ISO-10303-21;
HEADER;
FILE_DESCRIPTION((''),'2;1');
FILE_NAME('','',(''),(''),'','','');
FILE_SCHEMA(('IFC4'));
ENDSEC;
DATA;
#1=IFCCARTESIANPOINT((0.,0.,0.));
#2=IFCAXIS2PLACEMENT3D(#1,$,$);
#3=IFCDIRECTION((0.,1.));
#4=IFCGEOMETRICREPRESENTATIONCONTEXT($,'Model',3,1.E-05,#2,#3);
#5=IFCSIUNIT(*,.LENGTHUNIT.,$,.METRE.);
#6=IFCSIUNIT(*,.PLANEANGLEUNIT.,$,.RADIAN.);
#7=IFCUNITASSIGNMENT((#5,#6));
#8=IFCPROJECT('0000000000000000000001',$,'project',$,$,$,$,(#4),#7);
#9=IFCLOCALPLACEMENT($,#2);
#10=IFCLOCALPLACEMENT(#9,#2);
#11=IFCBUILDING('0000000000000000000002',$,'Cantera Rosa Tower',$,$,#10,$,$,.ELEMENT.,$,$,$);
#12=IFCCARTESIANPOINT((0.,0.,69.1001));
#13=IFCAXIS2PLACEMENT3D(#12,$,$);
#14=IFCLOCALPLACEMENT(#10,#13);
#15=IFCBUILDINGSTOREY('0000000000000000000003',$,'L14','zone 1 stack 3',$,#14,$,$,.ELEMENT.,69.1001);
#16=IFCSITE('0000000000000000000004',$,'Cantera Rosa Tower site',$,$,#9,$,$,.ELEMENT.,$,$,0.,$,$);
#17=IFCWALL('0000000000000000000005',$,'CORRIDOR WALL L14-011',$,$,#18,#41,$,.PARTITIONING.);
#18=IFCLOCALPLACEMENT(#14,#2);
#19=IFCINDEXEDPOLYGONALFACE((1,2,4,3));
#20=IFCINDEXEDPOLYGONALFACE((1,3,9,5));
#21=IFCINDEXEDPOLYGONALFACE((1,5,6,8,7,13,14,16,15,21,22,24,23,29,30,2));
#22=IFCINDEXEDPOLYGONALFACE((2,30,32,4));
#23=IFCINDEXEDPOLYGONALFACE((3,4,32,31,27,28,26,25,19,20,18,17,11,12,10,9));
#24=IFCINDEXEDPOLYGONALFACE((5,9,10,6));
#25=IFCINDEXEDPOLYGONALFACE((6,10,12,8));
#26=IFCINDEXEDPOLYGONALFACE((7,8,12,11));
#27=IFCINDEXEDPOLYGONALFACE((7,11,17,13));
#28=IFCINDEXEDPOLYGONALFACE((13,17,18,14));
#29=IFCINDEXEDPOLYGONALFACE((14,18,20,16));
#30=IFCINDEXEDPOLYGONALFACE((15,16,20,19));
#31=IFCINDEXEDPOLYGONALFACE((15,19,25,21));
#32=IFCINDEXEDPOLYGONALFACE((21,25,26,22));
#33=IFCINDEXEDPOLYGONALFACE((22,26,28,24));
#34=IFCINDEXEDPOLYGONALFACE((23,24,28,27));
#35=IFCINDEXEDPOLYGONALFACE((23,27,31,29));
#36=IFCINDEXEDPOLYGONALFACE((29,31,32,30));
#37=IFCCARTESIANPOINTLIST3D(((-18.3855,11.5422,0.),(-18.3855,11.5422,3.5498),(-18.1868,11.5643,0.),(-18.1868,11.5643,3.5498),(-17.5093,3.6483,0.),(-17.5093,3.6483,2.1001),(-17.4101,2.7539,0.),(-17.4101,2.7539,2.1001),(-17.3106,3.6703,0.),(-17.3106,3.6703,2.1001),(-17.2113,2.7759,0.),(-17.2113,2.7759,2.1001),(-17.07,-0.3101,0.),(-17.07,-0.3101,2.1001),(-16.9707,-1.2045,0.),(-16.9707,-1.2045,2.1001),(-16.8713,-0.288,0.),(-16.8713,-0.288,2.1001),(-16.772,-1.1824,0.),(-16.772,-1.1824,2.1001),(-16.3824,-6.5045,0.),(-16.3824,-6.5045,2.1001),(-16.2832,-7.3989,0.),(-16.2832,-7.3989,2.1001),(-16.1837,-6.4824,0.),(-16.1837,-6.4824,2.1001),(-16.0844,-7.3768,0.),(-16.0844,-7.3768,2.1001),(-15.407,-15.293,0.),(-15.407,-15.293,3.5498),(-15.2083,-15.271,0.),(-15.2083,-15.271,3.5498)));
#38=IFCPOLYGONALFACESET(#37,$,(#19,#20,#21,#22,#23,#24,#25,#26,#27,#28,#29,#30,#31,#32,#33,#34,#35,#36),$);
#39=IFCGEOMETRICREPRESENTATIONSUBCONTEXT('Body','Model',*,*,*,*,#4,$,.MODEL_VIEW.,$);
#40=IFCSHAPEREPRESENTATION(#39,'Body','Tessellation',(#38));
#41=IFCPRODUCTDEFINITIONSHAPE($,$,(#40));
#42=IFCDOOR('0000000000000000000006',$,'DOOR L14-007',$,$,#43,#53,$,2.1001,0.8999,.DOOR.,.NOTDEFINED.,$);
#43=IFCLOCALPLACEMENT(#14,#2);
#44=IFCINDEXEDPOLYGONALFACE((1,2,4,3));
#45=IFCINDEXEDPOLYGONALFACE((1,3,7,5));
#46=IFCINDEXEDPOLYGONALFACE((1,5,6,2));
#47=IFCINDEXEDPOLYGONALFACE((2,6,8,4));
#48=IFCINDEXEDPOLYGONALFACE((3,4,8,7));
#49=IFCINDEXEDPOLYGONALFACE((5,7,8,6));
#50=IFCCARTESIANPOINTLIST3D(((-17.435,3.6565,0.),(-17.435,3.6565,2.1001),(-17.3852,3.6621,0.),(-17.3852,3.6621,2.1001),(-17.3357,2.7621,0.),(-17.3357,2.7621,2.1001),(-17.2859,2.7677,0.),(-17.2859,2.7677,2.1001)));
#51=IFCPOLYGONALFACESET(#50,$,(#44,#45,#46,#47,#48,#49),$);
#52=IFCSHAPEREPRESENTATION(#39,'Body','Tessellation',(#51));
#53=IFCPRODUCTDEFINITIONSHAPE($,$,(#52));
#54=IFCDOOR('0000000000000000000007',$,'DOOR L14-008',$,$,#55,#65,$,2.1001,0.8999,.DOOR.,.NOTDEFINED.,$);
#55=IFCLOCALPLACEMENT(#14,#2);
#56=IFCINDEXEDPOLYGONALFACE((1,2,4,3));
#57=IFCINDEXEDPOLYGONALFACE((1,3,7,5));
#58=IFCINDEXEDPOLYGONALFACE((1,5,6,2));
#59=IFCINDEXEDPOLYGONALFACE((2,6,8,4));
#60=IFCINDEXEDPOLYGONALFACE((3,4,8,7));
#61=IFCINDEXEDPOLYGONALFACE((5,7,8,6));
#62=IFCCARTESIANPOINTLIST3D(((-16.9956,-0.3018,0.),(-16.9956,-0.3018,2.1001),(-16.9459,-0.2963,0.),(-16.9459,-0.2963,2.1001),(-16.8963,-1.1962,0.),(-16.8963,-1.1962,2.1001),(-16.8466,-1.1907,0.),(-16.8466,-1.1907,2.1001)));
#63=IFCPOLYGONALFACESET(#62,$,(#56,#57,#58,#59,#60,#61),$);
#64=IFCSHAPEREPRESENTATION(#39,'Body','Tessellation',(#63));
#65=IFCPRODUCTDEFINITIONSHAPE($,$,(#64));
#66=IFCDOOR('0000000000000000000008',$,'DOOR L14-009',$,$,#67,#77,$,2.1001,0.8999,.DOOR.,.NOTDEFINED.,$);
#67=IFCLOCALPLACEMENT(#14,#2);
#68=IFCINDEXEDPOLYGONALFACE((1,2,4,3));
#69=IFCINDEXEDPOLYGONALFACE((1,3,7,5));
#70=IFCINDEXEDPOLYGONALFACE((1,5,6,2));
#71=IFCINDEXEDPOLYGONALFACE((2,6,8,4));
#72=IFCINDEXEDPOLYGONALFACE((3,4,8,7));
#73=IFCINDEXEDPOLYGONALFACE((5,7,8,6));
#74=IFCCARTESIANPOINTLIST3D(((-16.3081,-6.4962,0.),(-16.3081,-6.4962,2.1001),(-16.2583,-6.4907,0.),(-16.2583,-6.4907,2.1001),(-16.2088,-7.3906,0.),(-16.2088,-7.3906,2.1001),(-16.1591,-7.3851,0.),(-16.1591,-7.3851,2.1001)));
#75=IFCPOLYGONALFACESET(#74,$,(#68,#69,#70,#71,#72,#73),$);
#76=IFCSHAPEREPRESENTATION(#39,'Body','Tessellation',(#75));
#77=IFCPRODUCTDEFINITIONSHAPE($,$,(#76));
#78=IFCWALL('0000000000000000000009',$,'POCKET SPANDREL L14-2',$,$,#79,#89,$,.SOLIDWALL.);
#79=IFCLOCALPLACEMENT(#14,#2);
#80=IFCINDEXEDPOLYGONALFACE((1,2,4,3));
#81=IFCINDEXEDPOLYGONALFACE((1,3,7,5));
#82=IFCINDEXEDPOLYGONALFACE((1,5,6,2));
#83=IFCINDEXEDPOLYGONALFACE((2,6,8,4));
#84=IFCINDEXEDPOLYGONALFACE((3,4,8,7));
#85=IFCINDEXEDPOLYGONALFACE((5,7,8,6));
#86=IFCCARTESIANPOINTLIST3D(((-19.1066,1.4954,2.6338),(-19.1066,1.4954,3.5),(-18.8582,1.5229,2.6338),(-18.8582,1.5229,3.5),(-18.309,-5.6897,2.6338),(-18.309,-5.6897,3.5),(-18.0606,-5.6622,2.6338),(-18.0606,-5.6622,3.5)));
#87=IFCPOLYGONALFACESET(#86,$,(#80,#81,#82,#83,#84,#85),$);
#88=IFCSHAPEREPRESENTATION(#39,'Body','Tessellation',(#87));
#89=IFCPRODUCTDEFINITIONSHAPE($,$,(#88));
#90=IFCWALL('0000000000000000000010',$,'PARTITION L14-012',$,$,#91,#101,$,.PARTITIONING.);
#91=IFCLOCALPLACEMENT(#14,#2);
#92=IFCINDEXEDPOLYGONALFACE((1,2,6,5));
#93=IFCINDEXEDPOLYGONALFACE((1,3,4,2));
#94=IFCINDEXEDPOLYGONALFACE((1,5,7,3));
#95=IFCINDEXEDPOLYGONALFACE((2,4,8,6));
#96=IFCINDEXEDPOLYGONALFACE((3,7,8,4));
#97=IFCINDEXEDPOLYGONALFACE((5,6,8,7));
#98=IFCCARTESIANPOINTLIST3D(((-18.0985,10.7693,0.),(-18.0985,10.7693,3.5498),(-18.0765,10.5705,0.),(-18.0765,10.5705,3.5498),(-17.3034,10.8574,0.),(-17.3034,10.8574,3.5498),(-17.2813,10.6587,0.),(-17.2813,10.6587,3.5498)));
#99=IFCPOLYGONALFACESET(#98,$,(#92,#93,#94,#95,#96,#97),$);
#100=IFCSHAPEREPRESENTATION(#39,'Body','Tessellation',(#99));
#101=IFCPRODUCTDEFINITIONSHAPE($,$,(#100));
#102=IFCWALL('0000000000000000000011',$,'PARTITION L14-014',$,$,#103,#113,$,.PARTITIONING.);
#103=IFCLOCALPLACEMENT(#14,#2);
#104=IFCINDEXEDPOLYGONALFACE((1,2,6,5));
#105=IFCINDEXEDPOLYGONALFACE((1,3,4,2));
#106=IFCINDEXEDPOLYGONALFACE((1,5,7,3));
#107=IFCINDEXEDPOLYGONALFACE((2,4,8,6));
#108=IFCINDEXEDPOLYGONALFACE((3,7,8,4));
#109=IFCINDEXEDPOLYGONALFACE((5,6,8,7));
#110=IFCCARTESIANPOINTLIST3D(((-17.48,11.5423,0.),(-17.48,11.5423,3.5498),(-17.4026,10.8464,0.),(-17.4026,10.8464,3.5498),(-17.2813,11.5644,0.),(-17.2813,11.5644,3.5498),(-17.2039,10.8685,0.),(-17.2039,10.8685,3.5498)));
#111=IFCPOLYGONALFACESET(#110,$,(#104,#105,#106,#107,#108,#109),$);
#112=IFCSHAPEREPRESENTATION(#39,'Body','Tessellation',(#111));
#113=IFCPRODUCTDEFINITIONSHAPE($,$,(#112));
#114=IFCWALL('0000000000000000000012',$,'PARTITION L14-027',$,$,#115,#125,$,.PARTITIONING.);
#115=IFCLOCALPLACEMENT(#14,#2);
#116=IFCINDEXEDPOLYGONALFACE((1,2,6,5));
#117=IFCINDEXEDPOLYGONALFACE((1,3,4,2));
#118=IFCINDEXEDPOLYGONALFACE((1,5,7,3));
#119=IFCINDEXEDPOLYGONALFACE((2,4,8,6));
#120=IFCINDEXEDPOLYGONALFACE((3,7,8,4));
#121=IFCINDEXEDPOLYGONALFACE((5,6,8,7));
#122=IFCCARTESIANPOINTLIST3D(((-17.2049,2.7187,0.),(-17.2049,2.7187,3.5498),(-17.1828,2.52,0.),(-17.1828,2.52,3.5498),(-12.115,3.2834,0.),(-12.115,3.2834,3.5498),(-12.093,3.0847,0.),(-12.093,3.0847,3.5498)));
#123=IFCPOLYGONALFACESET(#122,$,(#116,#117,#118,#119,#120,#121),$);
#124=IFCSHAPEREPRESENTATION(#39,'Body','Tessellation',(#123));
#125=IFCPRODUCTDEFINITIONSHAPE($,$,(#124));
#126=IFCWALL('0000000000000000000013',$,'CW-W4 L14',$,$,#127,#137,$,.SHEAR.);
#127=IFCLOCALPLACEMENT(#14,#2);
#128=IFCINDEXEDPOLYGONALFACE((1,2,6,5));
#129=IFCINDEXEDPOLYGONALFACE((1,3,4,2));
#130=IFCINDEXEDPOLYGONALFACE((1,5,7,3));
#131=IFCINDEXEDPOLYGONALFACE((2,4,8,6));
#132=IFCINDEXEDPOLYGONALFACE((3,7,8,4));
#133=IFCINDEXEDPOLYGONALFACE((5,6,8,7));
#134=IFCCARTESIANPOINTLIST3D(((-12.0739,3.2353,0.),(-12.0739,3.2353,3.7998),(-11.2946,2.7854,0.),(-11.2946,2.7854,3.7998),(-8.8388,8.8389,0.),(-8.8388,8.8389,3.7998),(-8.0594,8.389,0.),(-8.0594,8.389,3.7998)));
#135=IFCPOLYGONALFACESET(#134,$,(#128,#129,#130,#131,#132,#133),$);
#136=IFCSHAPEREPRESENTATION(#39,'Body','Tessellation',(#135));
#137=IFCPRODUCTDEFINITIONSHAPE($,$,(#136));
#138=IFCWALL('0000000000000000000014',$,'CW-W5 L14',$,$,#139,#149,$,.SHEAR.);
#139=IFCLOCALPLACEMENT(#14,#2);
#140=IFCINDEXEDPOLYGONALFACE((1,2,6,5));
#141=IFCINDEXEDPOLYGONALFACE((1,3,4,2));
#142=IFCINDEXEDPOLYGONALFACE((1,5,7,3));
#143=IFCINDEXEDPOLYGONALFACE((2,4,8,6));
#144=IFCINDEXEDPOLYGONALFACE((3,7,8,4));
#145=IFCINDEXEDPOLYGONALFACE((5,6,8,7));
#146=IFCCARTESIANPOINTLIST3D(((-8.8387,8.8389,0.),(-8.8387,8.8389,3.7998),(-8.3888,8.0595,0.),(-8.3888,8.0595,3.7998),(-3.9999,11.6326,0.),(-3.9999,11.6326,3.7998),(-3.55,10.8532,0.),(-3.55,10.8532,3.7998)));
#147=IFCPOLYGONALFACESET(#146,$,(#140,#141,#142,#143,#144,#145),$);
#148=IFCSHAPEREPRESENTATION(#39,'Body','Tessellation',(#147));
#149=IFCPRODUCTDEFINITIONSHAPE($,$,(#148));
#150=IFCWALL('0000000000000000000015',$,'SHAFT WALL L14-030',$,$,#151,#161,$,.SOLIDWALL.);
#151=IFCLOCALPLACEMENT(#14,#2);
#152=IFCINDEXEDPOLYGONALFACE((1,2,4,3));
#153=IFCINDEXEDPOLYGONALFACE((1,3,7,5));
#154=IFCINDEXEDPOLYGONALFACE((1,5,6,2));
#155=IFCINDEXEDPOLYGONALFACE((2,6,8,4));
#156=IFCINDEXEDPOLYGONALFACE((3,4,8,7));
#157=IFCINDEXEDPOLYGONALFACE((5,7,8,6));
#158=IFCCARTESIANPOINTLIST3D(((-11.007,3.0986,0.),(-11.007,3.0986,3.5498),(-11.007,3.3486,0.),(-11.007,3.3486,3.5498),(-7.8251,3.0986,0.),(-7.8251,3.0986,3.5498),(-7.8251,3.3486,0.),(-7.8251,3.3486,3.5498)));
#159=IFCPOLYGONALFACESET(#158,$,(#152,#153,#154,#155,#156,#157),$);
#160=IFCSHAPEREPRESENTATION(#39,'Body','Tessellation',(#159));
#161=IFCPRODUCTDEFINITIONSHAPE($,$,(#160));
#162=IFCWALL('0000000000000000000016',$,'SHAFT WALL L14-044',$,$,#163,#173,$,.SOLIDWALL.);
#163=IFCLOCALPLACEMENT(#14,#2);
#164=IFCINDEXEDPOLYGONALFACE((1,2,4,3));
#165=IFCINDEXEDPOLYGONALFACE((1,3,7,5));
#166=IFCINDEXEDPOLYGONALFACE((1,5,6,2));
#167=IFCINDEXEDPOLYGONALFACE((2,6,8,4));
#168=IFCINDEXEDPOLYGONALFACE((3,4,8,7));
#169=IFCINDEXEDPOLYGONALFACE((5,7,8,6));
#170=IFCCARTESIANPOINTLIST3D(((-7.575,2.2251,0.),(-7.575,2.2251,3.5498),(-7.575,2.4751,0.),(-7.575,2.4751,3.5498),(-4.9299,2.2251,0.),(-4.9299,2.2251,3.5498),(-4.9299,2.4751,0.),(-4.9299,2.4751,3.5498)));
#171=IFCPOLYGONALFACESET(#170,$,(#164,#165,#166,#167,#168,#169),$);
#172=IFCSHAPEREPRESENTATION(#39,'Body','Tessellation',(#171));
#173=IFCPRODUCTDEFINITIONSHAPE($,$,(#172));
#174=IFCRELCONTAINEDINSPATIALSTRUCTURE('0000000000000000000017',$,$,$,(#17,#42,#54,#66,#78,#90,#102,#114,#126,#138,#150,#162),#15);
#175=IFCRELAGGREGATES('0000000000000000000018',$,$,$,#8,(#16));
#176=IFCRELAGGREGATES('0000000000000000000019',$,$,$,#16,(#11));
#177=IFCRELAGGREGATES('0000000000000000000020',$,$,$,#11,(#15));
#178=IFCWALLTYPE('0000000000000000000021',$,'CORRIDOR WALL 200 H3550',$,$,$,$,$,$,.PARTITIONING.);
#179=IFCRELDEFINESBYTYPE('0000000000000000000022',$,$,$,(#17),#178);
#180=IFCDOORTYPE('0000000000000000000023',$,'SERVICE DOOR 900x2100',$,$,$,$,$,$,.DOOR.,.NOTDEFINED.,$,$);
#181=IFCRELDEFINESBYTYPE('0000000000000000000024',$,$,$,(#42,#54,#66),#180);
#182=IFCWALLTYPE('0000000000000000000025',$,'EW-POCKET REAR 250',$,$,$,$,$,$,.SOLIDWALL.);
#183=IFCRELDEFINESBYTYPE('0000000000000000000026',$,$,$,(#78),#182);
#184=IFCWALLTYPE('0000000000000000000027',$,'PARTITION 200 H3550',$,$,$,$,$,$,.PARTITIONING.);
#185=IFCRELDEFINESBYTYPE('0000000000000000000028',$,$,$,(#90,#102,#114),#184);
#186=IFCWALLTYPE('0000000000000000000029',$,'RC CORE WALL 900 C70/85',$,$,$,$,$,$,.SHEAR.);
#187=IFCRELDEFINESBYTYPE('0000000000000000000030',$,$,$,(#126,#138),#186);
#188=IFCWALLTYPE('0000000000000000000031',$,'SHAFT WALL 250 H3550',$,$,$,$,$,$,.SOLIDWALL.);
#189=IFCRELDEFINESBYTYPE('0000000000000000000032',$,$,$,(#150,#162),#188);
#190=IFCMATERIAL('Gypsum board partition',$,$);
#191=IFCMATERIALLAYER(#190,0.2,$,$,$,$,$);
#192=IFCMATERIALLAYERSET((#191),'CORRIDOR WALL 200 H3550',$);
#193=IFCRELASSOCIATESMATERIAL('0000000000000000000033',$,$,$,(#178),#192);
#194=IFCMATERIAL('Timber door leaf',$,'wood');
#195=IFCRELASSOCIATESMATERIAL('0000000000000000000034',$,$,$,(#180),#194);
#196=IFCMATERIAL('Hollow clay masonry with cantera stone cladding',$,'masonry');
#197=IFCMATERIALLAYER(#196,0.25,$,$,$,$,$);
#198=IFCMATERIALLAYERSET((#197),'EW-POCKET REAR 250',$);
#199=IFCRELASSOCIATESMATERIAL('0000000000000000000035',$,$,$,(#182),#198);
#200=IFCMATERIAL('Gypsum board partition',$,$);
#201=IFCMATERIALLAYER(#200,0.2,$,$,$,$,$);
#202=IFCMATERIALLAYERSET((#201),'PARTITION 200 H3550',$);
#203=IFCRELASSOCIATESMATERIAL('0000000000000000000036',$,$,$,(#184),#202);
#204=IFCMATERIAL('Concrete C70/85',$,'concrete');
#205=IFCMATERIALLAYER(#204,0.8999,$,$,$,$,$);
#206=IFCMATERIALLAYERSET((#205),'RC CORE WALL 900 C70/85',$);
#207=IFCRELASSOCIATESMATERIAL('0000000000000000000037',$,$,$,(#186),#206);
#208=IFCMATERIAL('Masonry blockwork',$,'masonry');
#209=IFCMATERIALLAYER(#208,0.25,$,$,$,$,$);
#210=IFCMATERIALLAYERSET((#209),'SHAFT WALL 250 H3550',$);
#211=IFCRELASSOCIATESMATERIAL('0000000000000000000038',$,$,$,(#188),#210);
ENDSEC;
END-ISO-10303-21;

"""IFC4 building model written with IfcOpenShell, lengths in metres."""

from ifc_helpers import new_model, si_unit, direction, frame, frame_2d, origin, place, context, subcontext, project, spatial, rectangle, extrude, material, layer, layer_set, type_object, element, fill, save


model = new_model("IFC4")

# Units and contexts
model_context = context("Model", 3, precision=1e-05, world=origin(), true_north=direction((0.0, 1.0)))
body_context = subcontext(model_context, "Body", "Model", "MODEL_VIEW")
ifc_project = project(units=[si_unit("LENGTHUNIT", "METRE"), si_unit("PLANEANGLEUNIT", "RADIAN")], contexts=[model_context])

# Site, building, storey
site_placement = place(None, origin())
site = spatial("IfcSite", under=ifc_project, at=site_placement, Name="Cantera Rosa Tower site", CompositionType="ELEMENT", RefElevation=0.0)
building_placement = place(site_placement, origin())
building = spatial("IfcBuilding", under=site, at=building_placement, Name="Cantera Rosa Tower", CompositionType="ELEMENT")
storey_placement = place(building_placement, frame((0.0, 0.0, 69.1001)))
storey = spatial("IfcBuildingStorey", under=building, at=storey_placement, Name="L14", Description="zone 1 stack 3", CompositionType="ELEMENT", Elevation=69.1001)

# Shared definitions
ifc_material_1 = material(Name="Gypsum board partition")
ifc_layer_1 = layer(ifc_material_1, 0.2)
ifc_layer_set_1 = layer_set([ifc_layer_1], Name="CORRIDOR WALL 200 H3550")
wall_type_1 = type_object("IfcWallType", Name="CORRIDOR WALL 200 H3550", PredefinedType="PARTITIONING", material=ifc_layer_set_1)

# Wall, openings, doors
wall_1_placement = place(storey_placement, frame((-18.2861, 11.5532, 0.0), z_axis=(0.0, 0.0, 1.0), x_axis=(0.110315, -0.993897, 0.0)))
wall_1 = element("IfcWall", 1, at=wall_1_placement, inside=storey, type_object=wall_type_1, Name="CORRIDOR WALL L14-011", PredefinedType="PARTITIONING", context=body_context, shape_type="SweptSolid", body=[
    extrude(rectangle(XDim=27.0, YDim=0.2, at=frame_2d((13.5, 0.0))), origin(), (0.0, 0.0, 1.0), 3.5498),
])
opening_1_placement = place(wall_1_placement, frame((7.9424, 0.0, 0.0)))
opening_1 = element("IfcOpeningElement", 2, at=opening_1_placement, cuts=wall_1, PredefinedType="OPENING", context=body_context, shape_type="SweptSolid", body=[
    extrude(rectangle(XDim=0.8999, YDim=2.1001, at=frame_2d((0.45, 1.05))), frame((0.0, 0.1099, 0.0), z_axis=(0.0, -1.0, 0.0), x_axis=(1.0, 0.0, 0.0)), (0.0, 0.0, 1.0), 0.22),
])
opening_2_placement = place(wall_1_placement, frame((11.925, 0.0, 0.0)))
opening_2 = element("IfcOpeningElement", 3, at=opening_2_placement, cuts=wall_1, PredefinedType="OPENING", context=body_context, shape_type="SweptSolid", body=[
    extrude(rectangle(XDim=0.8999, YDim=2.1001, at=frame_2d((0.45, 1.05))), frame((0.0, 0.1099, 0.0), z_axis=(0.0, -1.0, 0.0), x_axis=(1.0, 0.0, 0.0)), (0.0, 0.0, 1.0), 0.22),
])
opening_3_placement = place(wall_1_placement, frame((18.1575, 0.0, 0.0)))
opening_3 = element("IfcOpeningElement", 4, at=opening_3_placement, cuts=wall_1, PredefinedType="OPENING", context=body_context, shape_type="SweptSolid", body=[
    extrude(rectangle(XDim=0.8999, YDim=2.1001, at=frame_2d((0.45, 1.05))), frame((0.0, 0.1099, 0.0), z_axis=(0.0, -1.0, 0.0), x_axis=(1.0, 0.0, 0.0)), (0.0, 0.0, 1.0), 0.22),
])
ifc_material_2 = material(Name="Timber door leaf", Category="wood")
door_type = type_object("IfcDoorType", Name="SERVICE DOOR 900x2100", OperationType="NOTDEFINED", PredefinedType="DOOR", material=ifc_material_2)
door_1_placement = place(opening_1_placement, origin())
door_1 = element("IfcDoor", 5, at=door_1_placement, inside=storey, type_object=door_type, Name="DOOR L14-007", OperationType="NOTDEFINED", OverallHeight=2.1001, OverallWidth=0.8999, PredefinedType="DOOR", context=body_context, shape_type="SweptSolid", body=[
    extrude(rectangle(XDim=0.8999, YDim=2.1001, at=frame_2d((0.45, 1.05))), frame((0.0, 0.0249, 0.0), z_axis=(0.0, -1.0, 0.0), x_axis=(1.0, 0.0, 0.0)), (0.0, 0.0, 1.0), 0.05),
])
fill(opening_1, door_1)
door_2_placement = place(opening_2_placement, origin())
door_2 = element("IfcDoor", 6, at=door_2_placement, inside=storey, type_object=door_type, Name="DOOR L14-008", OperationType="NOTDEFINED", OverallHeight=2.1001, OverallWidth=0.8999, PredefinedType="DOOR", context=body_context, shape_type="SweptSolid", body=[
    extrude(rectangle(XDim=0.8999, YDim=2.1001, at=frame_2d((0.45, 1.05))), frame((0.0, 0.0249, 0.0), z_axis=(0.0, -1.0, 0.0), x_axis=(1.0, 0.0, 0.0)), (0.0, 0.0, 1.0), 0.05),
])
fill(opening_2, door_2)
door_3_placement = place(opening_3_placement, origin())
door_3 = element("IfcDoor", 7, at=door_3_placement, inside=storey, type_object=door_type, Name="DOOR L14-009", OperationType="NOTDEFINED", OverallHeight=2.1001, OverallWidth=0.8999, PredefinedType="DOOR", context=body_context, shape_type="SweptSolid", body=[
    extrude(rectangle(XDim=0.8999, YDim=2.1001, at=frame_2d((0.45, 1.05))), frame((0.0, 0.0249, 0.0), z_axis=(0.0, -1.0, 0.0), x_axis=(1.0, 0.0, 0.0)), (0.0, 0.0, 1.0), 0.05),
])
fill(opening_3, door_3)

# Walls
ifc_material_3 = material(Name="Hollow clay masonry with cantera stone cladding", Category="masonry")
ifc_layer_2 = layer(ifc_material_3, 0.25)
ifc_layer_set_2 = layer_set([ifc_layer_2], Name="EW-POCKET REAR 250")
wall_type_2 = type_object("IfcWallType", Name="EW-POCKET REAR 250", PredefinedType="SOLIDWALL", material=ifc_layer_set_2)
wall_2_placement = place(storey_placement, frame((-18.9824, 1.5093, 2.6338), z_axis=(0.0, 0.0, 1.0), x_axis=(0.110331, -0.993895, 0.0)))
element("IfcWall", 8, at=wall_2_placement, inside=storey, type_object=wall_type_2, Name="POCKET SPANDREL L14-2", PredefinedType="SOLIDWALL", context=body_context, shape_type="SweptSolid", body=[
    extrude(rectangle(XDim=7.2292, YDim=0.25, at=frame_2d((3.6147, 0.0))), origin(), (0.0, 0.0, 1.0), 0.8662),
])
ifc_material_4 = material(Name="Gypsum board partition")
ifc_layer_3 = layer(ifc_material_4, 0.2)
ifc_layer_set_3 = layer_set([ifc_layer_3], Name="PARTITION 200 H3550")
wall_type_3 = type_object("IfcWallType", Name="PARTITION 200 H3550", PredefinedType="PARTITIONING", material=ifc_layer_set_3)
wall_3_placement = place(storey_placement, frame((-18.0874, 10.6699, 0.0), z_axis=(0.0, 0.0, 1.0), x_axis=(0.993913, 0.110164, 0.0)))
element("IfcWall", 9, at=wall_3_placement, inside=storey, type_object=wall_type_3, Name="PARTITION L14-012", PredefinedType="PARTITIONING", context=body_context, shape_type="SweptSolid", body=[
    extrude(rectangle(XDim=0.8, YDim=0.2, at=frame_2d((0.3999, 0.0))), origin(), (0.0, 0.0, 1.0), 3.5498),
])
wall_4_placement = place(storey_placement, frame((-17.3032, 10.8574, 0.0), z_axis=(0.0, 0.0, 1.0), x_axis=(-0.110546, 0.993871, 0.0)))
element("IfcWall", 10, at=wall_4_placement, inside=storey, type_object=wall_type_3, Name="PARTITION L14-014", PredefinedType="PARTITIONING", context=body_context, shape_type="SweptSolid", body=[
    extrude(rectangle(XDim=0.7002, YDim=0.2, at=frame_2d((0.3501, 0.0))), origin(), (0.0, 0.0, 1.0), 3.5498),
])
wall_5_placement = place(storey_placement, frame((-12.104, 3.1841, 0.0), z_axis=(0.0, 0.0, 1.0), x_axis=(-0.993902, -0.110269, 0.0)))
element("IfcWall", 11, at=wall_5_placement, inside=storey, type_object=wall_type_3, Name="PARTITION L14-027", PredefinedType="PARTITIONING", context=body_context, shape_type="SweptSolid", body=[
    extrude(rectangle(XDim=5.1211, YDim=0.2, at=frame_2d((2.5605, 0.0))), origin(), (0.0, 0.0, 1.0), 3.5498),
])
ifc_material_5 = material(Name="Concrete C70/85", Category="concrete")
ifc_layer_4 = layer(ifc_material_5, 0.8999)
ifc_layer_set_4 = layer_set([ifc_layer_4], Name="RC CORE WALL 900 C70/85")
wall_type_4 = type_object("IfcWallType", Name="RC CORE WALL 900 C70/85", PredefinedType="SHEAR", material=ifc_layer_set_4)
wall_6_placement = place(storey_placement, frame((-11.6843, 3.0103, 0.0), z_axis=(0.0, 0.0, 1.0), x_axis=(0.49999, 0.866031, 0.0)))
element("IfcWall", 12, at=wall_6_placement, inside=storey, type_object=wall_type_4, Name="CW-W4 L14", PredefinedType="SHEAR", context=body_context, shape_type="SweptSolid", body=[
    extrude(rectangle(XDim=6.4705, YDim=0.8999, at=frame_2d((3.2354, 0.0))), origin(), (0.0, 0.0, 1.0), 3.7998),
])
wall_7_placement = place(storey_placement, frame((-8.6138, 8.4492, 0.0), z_axis=(0.0, 0.0, 1.0), x_axis=(0.866027, 0.499997, 0.0)))
element("IfcWall", 13, at=wall_7_placement, inside=storey, type_object=wall_type_4, Name="CW-W5 L14", PredefinedType="SHEAR", context=body_context, shape_type="SweptSolid", body=[
    extrude(rectangle(XDim=5.5874, YDim=0.8999, at=frame_2d((2.7937, 0.0))), origin(), (0.0, 0.0, 1.0), 3.7998),
])
ifc_material_6 = material(Name="Masonry blockwork", Category="masonry")
ifc_layer_5 = layer(ifc_material_6, 0.25)
ifc_layer_set_5 = layer_set([ifc_layer_5], Name="SHAFT WALL 250 H3550")
wall_type_5 = type_object("IfcWallType", Name="SHAFT WALL 250 H3550", PredefinedType="SOLIDWALL", material=ifc_layer_set_5)
wall_8_placement = place(storey_placement, frame((-11.0068, 3.2236, 0.0), z_axis=(0.0, 0.0, 1.0), x_axis=(1.0, 0.0, 0.0)))
element("IfcWall", 14, at=wall_8_placement, inside=storey, type_object=wall_type_5, Name="SHAFT WALL L14-030", PredefinedType="SOLIDWALL", context=body_context, shape_type="SweptSolid", body=[
    extrude(rectangle(XDim=3.1819, YDim=0.25, at=frame_2d((1.5908, 0.0))), origin(), (0.0, 0.0, 1.0), 3.5498),
])
for number, where, z_axis, x_axis, name in (
    (15, (-7.575, 2.3501, 0.0), (0.0, 0.0, 1.0), (1.0, 0.0, 0.0), "SHAFT WALL L14-044"),
):
    element("IfcWall", number, at=place(storey_placement, frame(where, z_axis=z_axis, x_axis=x_axis)), inside=storey, type_object=wall_type_5, Name=name, PredefinedType="SOLIDWALL", context=body_context, shape_type="SweptSolid", body=[
        extrude(rectangle(XDim=2.645, YDim=0.25, at=frame_2d((1.3225, 0.0))), origin(), (0.0, 0.0, 1.0), 3.5498),
    ])

save(model, "model.ifc")
